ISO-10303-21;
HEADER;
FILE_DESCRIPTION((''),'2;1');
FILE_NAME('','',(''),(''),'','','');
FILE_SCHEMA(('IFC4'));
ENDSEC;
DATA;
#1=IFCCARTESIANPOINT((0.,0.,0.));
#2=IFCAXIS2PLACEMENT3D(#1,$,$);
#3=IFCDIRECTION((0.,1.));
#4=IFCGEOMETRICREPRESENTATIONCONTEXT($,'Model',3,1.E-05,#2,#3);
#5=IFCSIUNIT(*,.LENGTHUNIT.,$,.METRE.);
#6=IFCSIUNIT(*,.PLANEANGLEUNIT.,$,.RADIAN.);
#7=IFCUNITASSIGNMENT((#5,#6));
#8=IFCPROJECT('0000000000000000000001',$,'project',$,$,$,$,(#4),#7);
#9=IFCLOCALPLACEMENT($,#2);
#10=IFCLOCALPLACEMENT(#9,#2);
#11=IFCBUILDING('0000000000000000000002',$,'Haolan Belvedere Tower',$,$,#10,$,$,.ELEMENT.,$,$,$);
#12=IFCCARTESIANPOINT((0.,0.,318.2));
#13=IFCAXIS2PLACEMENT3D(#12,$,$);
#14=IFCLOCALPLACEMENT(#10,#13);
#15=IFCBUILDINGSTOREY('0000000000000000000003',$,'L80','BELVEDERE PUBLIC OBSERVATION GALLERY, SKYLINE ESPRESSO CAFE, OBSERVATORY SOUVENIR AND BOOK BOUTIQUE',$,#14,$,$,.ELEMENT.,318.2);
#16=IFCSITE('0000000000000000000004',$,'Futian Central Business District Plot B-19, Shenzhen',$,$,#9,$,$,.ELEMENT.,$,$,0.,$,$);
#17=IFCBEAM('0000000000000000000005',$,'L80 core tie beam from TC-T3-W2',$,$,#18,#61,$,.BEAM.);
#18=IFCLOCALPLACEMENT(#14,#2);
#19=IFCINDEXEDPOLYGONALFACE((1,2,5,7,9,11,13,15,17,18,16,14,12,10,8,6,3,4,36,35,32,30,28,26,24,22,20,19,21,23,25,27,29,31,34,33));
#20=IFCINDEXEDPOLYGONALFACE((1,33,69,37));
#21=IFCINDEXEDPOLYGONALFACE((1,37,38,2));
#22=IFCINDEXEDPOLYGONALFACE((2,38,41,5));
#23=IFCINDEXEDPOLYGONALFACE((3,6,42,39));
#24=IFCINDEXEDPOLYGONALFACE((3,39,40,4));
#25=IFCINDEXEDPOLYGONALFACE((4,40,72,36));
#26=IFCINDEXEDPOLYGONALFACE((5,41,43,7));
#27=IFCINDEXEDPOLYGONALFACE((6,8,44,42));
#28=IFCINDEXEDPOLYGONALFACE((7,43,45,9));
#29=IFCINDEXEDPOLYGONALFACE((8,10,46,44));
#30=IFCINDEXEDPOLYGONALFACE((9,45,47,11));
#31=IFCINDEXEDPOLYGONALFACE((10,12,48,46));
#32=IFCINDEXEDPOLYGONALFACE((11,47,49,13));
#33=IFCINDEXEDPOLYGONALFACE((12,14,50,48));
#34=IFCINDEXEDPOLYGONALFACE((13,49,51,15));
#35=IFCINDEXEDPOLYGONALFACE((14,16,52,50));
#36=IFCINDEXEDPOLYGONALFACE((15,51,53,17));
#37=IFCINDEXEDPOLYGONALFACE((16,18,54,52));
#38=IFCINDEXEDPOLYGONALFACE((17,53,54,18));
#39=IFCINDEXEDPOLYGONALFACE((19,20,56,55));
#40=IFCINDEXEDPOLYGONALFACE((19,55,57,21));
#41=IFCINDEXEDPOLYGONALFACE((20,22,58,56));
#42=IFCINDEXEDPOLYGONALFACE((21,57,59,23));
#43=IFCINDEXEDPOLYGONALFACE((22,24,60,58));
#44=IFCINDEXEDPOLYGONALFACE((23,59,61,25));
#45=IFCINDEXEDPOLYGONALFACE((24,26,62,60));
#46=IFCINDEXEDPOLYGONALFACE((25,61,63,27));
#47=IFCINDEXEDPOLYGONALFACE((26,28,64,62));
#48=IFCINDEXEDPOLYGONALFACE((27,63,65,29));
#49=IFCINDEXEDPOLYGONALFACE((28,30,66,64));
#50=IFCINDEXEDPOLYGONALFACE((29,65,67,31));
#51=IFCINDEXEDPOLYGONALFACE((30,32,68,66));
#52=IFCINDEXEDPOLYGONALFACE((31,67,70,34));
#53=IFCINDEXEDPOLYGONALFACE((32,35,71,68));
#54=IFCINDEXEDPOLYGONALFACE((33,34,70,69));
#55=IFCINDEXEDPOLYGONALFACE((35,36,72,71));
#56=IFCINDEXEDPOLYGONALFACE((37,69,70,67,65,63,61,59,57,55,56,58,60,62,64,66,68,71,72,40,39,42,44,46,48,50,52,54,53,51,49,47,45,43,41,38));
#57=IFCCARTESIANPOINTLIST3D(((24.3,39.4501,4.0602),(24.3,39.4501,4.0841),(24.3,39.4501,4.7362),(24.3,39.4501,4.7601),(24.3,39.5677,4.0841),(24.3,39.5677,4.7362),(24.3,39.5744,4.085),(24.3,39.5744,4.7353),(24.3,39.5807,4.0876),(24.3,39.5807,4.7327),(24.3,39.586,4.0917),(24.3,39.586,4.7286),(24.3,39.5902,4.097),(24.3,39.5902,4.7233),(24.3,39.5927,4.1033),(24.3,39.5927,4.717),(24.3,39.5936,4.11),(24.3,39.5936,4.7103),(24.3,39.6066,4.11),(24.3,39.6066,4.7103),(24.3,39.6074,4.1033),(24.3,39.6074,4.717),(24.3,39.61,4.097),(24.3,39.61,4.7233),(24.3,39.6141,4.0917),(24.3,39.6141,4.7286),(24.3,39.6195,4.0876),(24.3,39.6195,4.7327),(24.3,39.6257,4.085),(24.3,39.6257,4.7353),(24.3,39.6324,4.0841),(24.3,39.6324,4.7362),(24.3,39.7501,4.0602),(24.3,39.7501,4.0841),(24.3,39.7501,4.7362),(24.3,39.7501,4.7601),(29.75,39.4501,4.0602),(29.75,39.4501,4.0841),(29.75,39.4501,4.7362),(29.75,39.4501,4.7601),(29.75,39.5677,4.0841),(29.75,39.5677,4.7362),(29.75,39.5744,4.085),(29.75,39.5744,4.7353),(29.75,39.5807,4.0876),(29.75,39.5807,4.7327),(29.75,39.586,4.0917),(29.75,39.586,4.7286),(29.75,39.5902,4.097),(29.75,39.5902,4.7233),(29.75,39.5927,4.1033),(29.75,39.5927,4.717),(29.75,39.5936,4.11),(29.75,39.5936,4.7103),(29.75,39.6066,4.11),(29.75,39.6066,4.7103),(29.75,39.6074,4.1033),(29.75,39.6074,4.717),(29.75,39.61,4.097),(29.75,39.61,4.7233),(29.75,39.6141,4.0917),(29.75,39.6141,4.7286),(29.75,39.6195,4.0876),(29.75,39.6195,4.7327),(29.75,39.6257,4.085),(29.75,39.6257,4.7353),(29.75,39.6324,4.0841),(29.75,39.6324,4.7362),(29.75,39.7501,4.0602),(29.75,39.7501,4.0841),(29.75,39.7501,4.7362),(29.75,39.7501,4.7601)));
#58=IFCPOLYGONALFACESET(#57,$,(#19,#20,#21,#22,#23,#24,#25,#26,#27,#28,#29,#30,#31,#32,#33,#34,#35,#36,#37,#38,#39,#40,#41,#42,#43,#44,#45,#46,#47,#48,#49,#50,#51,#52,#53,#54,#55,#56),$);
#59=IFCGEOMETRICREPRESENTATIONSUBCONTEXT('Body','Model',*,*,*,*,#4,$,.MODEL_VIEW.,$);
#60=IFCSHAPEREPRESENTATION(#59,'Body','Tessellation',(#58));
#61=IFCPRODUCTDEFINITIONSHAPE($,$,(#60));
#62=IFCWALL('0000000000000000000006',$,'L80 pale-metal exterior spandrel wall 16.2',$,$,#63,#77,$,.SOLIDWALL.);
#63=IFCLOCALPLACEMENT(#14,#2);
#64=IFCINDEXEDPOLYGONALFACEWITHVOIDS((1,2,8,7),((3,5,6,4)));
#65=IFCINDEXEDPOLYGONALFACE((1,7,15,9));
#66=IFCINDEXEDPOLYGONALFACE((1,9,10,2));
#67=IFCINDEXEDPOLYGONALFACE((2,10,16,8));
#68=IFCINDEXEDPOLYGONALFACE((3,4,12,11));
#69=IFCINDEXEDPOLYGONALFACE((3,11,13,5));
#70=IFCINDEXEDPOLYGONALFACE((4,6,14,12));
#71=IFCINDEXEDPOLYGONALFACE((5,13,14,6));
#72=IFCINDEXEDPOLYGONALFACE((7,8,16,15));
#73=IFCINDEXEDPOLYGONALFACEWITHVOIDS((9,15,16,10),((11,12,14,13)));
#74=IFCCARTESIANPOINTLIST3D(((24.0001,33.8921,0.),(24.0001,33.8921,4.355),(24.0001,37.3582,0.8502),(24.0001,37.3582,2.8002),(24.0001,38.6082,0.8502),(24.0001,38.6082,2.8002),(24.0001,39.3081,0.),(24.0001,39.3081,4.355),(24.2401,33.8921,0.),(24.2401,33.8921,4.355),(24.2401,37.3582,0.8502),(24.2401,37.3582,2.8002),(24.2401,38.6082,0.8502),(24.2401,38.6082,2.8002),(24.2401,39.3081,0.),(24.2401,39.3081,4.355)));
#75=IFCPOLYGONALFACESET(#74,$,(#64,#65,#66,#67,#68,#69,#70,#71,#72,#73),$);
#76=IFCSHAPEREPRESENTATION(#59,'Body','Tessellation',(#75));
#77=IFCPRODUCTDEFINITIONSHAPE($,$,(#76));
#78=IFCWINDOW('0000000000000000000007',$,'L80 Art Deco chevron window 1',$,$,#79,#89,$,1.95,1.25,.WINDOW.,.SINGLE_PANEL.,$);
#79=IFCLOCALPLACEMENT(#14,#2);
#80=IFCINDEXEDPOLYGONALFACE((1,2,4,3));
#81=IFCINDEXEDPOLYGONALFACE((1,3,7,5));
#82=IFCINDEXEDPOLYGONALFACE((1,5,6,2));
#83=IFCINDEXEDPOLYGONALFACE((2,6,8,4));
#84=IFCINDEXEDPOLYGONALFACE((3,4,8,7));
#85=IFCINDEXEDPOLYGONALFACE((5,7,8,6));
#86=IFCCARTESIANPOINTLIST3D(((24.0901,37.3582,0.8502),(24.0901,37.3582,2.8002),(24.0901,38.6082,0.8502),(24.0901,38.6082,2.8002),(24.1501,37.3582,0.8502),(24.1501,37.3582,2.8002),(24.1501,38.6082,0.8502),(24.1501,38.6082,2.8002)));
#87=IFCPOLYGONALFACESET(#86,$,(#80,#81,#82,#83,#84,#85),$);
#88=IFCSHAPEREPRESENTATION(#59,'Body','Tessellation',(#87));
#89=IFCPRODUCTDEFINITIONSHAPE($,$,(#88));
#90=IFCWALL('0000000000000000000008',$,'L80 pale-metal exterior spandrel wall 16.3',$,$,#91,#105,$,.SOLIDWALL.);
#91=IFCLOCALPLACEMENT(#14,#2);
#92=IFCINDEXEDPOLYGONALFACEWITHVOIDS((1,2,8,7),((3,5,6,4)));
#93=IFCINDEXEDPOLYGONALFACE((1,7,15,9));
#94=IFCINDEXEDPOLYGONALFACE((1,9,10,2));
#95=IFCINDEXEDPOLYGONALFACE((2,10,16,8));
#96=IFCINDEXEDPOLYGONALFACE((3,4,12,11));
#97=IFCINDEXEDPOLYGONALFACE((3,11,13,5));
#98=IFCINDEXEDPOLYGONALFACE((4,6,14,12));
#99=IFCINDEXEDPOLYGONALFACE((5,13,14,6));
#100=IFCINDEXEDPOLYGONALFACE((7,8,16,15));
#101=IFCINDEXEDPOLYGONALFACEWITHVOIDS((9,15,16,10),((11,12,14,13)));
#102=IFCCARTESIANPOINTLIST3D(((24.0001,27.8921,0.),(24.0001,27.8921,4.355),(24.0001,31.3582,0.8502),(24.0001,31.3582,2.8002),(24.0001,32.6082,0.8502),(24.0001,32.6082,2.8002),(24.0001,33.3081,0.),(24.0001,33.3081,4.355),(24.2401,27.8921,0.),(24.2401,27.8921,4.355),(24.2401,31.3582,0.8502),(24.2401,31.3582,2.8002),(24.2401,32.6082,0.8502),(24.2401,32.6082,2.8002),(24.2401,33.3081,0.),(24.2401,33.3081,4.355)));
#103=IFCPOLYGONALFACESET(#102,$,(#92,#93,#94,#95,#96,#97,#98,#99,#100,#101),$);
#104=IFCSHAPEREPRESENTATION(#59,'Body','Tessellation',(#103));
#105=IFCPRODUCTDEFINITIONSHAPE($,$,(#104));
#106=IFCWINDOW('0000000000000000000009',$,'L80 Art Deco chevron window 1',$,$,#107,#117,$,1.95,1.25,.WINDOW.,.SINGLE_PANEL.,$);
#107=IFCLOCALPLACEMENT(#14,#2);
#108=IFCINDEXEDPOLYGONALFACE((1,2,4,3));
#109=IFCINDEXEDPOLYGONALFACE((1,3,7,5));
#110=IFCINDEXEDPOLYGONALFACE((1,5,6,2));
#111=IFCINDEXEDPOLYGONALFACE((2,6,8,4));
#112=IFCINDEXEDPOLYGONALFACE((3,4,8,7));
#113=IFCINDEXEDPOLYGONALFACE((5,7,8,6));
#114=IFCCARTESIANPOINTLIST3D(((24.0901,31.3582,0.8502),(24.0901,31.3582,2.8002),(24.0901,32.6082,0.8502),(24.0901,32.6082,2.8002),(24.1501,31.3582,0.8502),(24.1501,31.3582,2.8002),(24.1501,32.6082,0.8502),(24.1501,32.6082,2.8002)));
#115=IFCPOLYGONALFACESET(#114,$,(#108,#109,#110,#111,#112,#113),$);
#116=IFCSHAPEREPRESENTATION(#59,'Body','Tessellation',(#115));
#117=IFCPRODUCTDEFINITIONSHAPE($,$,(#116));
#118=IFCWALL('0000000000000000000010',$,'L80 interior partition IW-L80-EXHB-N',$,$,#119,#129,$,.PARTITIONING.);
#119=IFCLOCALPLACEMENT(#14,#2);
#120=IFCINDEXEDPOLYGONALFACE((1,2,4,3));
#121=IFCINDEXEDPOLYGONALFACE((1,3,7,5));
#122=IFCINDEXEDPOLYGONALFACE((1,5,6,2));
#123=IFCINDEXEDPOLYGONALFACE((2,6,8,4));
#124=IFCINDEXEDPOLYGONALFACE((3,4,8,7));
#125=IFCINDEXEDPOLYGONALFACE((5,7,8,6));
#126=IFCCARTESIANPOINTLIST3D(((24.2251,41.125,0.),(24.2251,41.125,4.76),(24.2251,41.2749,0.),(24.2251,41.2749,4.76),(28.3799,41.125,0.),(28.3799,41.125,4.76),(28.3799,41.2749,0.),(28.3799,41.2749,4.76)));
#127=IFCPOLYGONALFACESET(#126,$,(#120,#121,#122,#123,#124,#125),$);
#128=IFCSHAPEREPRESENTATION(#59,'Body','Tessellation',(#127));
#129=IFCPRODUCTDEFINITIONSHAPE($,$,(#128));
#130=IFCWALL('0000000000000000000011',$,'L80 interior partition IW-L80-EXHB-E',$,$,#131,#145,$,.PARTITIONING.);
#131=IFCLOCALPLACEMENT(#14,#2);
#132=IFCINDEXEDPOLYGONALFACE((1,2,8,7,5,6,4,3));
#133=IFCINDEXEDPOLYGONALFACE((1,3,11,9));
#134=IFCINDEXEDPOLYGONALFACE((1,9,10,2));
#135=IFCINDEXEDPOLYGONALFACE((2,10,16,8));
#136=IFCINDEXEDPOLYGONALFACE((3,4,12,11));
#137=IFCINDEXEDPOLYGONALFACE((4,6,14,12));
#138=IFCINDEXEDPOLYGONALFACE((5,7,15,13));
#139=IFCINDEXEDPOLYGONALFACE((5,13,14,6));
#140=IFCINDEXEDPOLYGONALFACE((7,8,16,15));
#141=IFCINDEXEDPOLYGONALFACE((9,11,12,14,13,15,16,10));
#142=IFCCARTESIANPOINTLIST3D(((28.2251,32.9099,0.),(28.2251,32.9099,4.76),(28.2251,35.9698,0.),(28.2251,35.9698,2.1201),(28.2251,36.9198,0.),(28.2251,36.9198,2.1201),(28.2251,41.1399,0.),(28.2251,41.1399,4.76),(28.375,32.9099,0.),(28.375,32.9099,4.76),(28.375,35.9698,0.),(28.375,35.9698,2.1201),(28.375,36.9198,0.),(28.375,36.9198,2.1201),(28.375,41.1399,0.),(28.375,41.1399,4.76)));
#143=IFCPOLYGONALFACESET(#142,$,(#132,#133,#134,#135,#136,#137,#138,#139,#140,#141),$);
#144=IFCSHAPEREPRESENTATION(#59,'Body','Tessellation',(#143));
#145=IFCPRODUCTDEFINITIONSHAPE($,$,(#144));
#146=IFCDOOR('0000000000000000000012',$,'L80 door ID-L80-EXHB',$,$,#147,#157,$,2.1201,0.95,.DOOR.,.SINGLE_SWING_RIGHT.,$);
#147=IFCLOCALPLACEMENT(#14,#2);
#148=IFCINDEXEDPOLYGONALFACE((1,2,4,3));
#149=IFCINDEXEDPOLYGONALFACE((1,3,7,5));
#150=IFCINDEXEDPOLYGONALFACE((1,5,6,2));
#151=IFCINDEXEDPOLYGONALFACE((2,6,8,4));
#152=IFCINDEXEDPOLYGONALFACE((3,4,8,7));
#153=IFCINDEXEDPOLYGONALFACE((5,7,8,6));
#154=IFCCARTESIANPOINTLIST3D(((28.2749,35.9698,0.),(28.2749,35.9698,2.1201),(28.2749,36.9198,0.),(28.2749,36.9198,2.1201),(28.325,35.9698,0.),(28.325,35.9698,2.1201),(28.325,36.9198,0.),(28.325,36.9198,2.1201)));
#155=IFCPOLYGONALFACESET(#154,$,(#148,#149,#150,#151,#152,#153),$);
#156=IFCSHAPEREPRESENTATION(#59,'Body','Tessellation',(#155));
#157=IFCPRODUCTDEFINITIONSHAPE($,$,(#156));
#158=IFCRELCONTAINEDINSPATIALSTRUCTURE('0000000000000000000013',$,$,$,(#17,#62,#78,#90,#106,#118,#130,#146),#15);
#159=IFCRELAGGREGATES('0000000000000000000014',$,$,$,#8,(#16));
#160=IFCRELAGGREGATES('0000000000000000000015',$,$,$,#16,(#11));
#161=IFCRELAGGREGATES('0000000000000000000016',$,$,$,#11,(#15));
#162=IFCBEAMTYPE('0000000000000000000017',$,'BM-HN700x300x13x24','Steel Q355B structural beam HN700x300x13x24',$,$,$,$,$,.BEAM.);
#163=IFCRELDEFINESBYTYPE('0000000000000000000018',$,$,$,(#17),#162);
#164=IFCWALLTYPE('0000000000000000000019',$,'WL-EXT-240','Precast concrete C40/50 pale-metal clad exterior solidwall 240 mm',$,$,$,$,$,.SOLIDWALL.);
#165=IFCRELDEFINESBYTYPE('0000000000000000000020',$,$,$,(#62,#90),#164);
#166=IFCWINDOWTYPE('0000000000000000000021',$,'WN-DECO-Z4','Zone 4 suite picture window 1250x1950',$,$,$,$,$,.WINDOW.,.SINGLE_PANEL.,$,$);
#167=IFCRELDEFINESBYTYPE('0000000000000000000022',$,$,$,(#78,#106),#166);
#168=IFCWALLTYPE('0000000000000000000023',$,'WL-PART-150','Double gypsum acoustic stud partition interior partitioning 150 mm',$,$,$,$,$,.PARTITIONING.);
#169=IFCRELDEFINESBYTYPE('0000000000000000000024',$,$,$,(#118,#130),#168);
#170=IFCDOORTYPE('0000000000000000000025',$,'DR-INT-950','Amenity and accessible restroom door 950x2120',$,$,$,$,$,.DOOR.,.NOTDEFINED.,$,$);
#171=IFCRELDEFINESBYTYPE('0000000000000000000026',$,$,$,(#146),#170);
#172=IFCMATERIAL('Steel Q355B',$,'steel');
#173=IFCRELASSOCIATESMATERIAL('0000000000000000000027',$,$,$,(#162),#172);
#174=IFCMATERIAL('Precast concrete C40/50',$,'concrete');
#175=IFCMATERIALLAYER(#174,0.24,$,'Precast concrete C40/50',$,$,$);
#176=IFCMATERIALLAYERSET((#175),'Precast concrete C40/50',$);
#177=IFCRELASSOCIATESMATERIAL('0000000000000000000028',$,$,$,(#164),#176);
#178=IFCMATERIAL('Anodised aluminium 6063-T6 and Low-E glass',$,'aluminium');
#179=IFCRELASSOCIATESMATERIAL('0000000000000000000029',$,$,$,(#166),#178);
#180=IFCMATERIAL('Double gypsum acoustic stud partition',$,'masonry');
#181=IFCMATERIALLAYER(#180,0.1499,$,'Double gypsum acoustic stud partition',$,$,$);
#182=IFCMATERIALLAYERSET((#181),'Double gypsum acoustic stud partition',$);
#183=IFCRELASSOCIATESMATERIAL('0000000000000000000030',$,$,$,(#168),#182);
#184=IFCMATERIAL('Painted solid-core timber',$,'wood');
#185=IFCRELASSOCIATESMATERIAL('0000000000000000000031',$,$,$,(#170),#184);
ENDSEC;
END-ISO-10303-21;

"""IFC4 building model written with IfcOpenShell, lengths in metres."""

from ifc_helpers import new_model, si_unit, direction, frame, frame_2d, origin, origin_2d, place, context, subcontext, project, spatial, rectangle, i_section, extrude, material, layer, layer_set, material_profile, profile_set, type_object, element, fill, save


model = new_model("IFC4")

# Units and contexts
model_context = context("Model", 3, precision=1e-05, world=origin(), true_north=direction((0.0, 1.0)))
body_context = subcontext(model_context, "Body", "Model", "MODEL_VIEW")
ifc_project = project(units=[si_unit("LENGTHUNIT", "METRE"), si_unit("PLANEANGLEUNIT", "RADIAN")], contexts=[model_context])

# Site, building, storey
site_placement = place(None, origin())
site = spatial("IfcSite", under=ifc_project, at=site_placement, Name="Futian Central Business District Plot B-19, Shenzhen", CompositionType="ELEMENT", RefElevation=0.0)
building_placement = place(site_placement, origin())
building = spatial("IfcBuilding", under=site, at=building_placement, Name="Haolan Belvedere Tower", CompositionType="ELEMENT")
storey_placement = place(building_placement, frame((0.0, 0.0, 318.2)))
storey = spatial("IfcBuildingStorey", under=building, at=storey_placement, Name="L80", Description="BELVEDERE PUBLIC OBSERVATION GALLERY, SKYLINE ESPRESSO CAFE, OBSERVATORY SOUVENIR AND BOOK BOUTIQUE", CompositionType="ELEMENT", Elevation=318.2)

# Beam
ifc_material_1 = material(Name="Steel Q355B", Category="steel")
ifc_material_profile_1 = material_profile(ifc_material_1, i_section(OverallWidth=0.3, OverallDepth=0.7, WebThickness=0.0129, FlangeThickness=0.0239, FilletRadius=0.0259, at=origin_2d()), Name="Steel Q355B")
ifc_profile_set_1 = profile_set([ifc_material_profile_1], Name="Steel Q355B")
beam_type_1 = type_object("IfcBeamType", Name="BM-HN700x300x13x24", Description="Steel Q355B structural beam HN700x300x13x24", PredefinedType="BEAM", material=ifc_profile_set_1)
for number, where, z_axis, x_axis, name in (
    (1, (24.3, 39.6001, 4.4102), (1.0, 0.0, 0.0), (0.0, 1.0, 0.0), "L80 core tie beam from TC-T3-W2"),
):
    element("IfcBeam", number, at=place(storey_placement, frame(where, z_axis=z_axis, x_axis=x_axis)), inside=storey, type_object=beam_type_1, Name=name, PredefinedType="BEAM", context=body_context, shape_type="SweptSolid", body=[
        extrude(i_section(OverallWidth=0.3, OverallDepth=0.7, WebThickness=0.0129, FlangeThickness=0.0239, FilletRadius=0.0259, at=origin_2d()), origin(), (0.0, 0.0, 1.0), 5.45),
    ])

# Walls, openings, windows
ifc_material_2 = material(Name="Precast concrete C40/50", Category="concrete")
ifc_layer_1 = layer(ifc_material_2, 0.24, Name="Precast concrete C40/50")
ifc_layer_set_1 = layer_set([ifc_layer_1], Name="Precast concrete C40/50")
wall_type_1 = type_object("IfcWallType", Name="WL-EXT-240", Description="Precast concrete C40/50 pale-metal clad exterior solidwall 240 mm", PredefinedType="SOLIDWALL", material=ifc_layer_set_1)
wall_1_placement = place(storey_placement, frame((24.1201, 39.3081, 0.0), z_axis=(0.0, 0.0, 1.0), x_axis=(0.0, -1.0, 0.0)))
wall_1 = element("IfcWall", 2, at=wall_1_placement, inside=storey, type_object=wall_type_1, Name="L80 pale-metal exterior spandrel wall 16.2", PredefinedType="SOLIDWALL", context=body_context, shape_type="SweptSolid", body=[
    extrude(rectangle(XDim=5.416, YDim=0.24, at=frame_2d((2.708, 0.0))), origin(), (0.0, 0.0, 1.0), 4.355),
])
opening_1_placement = place(wall_1_placement, frame((0.7, 0.0, 0.8501)))
opening_1 = element("IfcOpeningElement", 3, at=opening_1_placement, cuts=wall_1, PredefinedType="OPENING", context=body_context, shape_type="SweptSolid", body=[
    extrude(rectangle(XDim=1.25, YDim=1.95, at=frame_2d((0.625, 0.9751))), frame((0.0, 0.1299, 0.0), z_axis=(0.0, -1.0, 0.0), x_axis=(1.0, 0.0, 0.0)), (0.0, 0.0, 1.0), 0.26),
])
ifc_material_3 = material(Name="Anodised aluminium 6063-T6 and Low-E glass", Category="aluminium")
window_type = type_object("IfcWindowType", Name="WN-DECO-Z4", Description="Zone 4 suite picture window 1250x1950", PartitioningType="SINGLE_PANEL", PredefinedType="WINDOW", material=ifc_material_3)
window_1_placement = place(opening_1_placement, origin())
window_1 = element("IfcWindow", 4, at=window_1_placement, inside=storey, type_object=window_type, Name="L80 Art Deco chevron window 1", OverallHeight=1.95, OverallWidth=1.25, PartitioningType="SINGLE_PANEL", PredefinedType="WINDOW", context=body_context, shape_type="SweptSolid", body=[
    extrude(rectangle(XDim=1.25, YDim=1.95, at=frame_2d((0.625, 0.9751))), frame((0.0, 0.03, 0.0), z_axis=(0.0, -1.0, 0.0), x_axis=(1.0, 0.0, 0.0)), (0.0, 0.0, 1.0), 0.0601),
])
fill(opening_1, window_1)
wall_2_placement = place(storey_placement, frame((24.1201, 33.3081, 0.0), z_axis=(0.0, 0.0, 1.0), x_axis=(0.0, -1.0, 0.0)))
wall_2 = element("IfcWall", 5, at=wall_2_placement, inside=storey, type_object=wall_type_1, Name="L80 pale-metal exterior spandrel wall 16.3", PredefinedType="SOLIDWALL", context=body_context, shape_type="SweptSolid", body=[
    extrude(rectangle(XDim=5.416, YDim=0.24, at=frame_2d((2.708, 0.0))), origin(), (0.0, 0.0, 1.0), 4.355),
])
opening_2_placement = place(wall_2_placement, frame((0.7, 0.0, 0.8501)))
opening_2 = element("IfcOpeningElement", 6, at=opening_2_placement, cuts=wall_2, PredefinedType="OPENING", context=body_context, shape_type="SweptSolid", body=[
    extrude(rectangle(XDim=1.25, YDim=1.95, at=frame_2d((0.625, 0.9751))), frame((0.0, 0.1299, 0.0), z_axis=(0.0, -1.0, 0.0), x_axis=(1.0, 0.0, 0.0)), (0.0, 0.0, 1.0), 0.26),
])
window_2_placement = place(opening_2_placement, origin())
window_2 = element("IfcWindow", 7, at=window_2_placement, inside=storey, type_object=window_type, Name="L80 Art Deco chevron window 1", OverallHeight=1.95, OverallWidth=1.25, PartitioningType="SINGLE_PANEL", PredefinedType="WINDOW", context=body_context, shape_type="SweptSolid", body=[
    extrude(rectangle(XDim=1.25, YDim=1.95, at=frame_2d((0.625, 0.9751))), frame((0.0, 0.03, 0.0), z_axis=(0.0, -1.0, 0.0), x_axis=(1.0, 0.0, 0.0)), (0.0, 0.0, 1.0), 0.0601),
])
fill(opening_2, window_2)

# Wall
ifc_material_4 = material(Name="Double gypsum acoustic stud partition", Category="masonry")
ifc_layer_2 = layer(ifc_material_4, 0.1499, Name="Double gypsum acoustic stud partition")
ifc_layer_set_2 = layer_set([ifc_layer_2], Name="Double gypsum acoustic stud partition")
wall_type_2 = type_object("IfcWallType", Name="WL-PART-150", Description="Double gypsum acoustic stud partition interior partitioning 150 mm", PredefinedType="PARTITIONING", material=ifc_layer_set_2)
wall_3_placement = place(storey_placement, frame((24.2251, 41.2, 0.0), z_axis=(0.0, 0.0, 1.0), x_axis=(1.0, 0.0, 0.0)))
element("IfcWall", 8, at=wall_3_placement, inside=storey, type_object=wall_type_2, Name="L80 interior partition IW-L80-EXHB-N", PredefinedType="PARTITIONING", context=body_context, shape_type="SweptSolid", body=[
    extrude(rectangle(XDim=4.1548, YDim=0.1499, at=frame_2d((2.0774, 0.0))), origin(), (0.0, 0.0, 1.0), 4.76),
])

# Wall, opening, door
wall_4_placement = place(storey_placement, frame((28.3, 32.9099, 0.0), z_axis=(0.0, 0.0, 1.0), x_axis=(0.0, 1.0, 0.0)))
wall_4 = element("IfcWall", 9, at=wall_4_placement, inside=storey, type_object=wall_type_2, Name="L80 interior partition IW-L80-EXHB-E", PredefinedType="PARTITIONING", context=body_context, shape_type="SweptSolid", body=[
    extrude(rectangle(XDim=8.23, YDim=0.1499, at=frame_2d((4.115, 0.0))), origin(), (0.0, 0.0, 1.0), 4.76),
])
opening_3_placement = place(wall_4_placement, frame((4.01, 0.0, 0.0), z_axis=(0.0, 0.0, 1.0), x_axis=(-1.0, 0.0, 0.0)))
opening_3 = element("IfcOpeningElement", 10, at=opening_3_placement, cuts=wall_4, PredefinedType="OPENING", context=body_context, shape_type="SweptSolid", body=[
    extrude(rectangle(XDim=0.95, YDim=2.1201, at=frame_2d((0.4751, 1.0601))), frame((0.0, 0.085, 0.0), z_axis=(0.0, -1.0, 0.0), x_axis=(1.0, 0.0, 0.0)), (0.0, 0.0, 1.0), 0.1699),
])
ifc_material_5 = material(Name="Painted solid-core timber", Category="wood")
door_type_1 = type_object("IfcDoorType", Name="DR-INT-950", Description="Amenity and accessible restroom door 950x2120", OperationType="NOTDEFINED", PredefinedType="DOOR", material=ifc_material_5)
door_1_placement = place(opening_3_placement, origin())
door_1 = element("IfcDoor", 11, at=door_1_placement, inside=storey, type_object=door_type_1, Name="L80 door ID-L80-EXHB", OperationType="SINGLE_SWING_RIGHT", OverallHeight=2.1201, OverallWidth=0.95, PredefinedType="DOOR", context=body_context, shape_type="SweptSolid", body=[
    extrude(rectangle(XDim=0.95, YDim=2.1201, at=frame_2d((0.4751, 1.0601))), frame((0.0, 0.0249, 0.0), z_axis=(0.0, -1.0, 0.0), x_axis=(1.0, 0.0, 0.0)), (0.0, 0.0, 1.0), 0.05),
])
fill(opening_3, door_1)

save(model, "model.ifc")
